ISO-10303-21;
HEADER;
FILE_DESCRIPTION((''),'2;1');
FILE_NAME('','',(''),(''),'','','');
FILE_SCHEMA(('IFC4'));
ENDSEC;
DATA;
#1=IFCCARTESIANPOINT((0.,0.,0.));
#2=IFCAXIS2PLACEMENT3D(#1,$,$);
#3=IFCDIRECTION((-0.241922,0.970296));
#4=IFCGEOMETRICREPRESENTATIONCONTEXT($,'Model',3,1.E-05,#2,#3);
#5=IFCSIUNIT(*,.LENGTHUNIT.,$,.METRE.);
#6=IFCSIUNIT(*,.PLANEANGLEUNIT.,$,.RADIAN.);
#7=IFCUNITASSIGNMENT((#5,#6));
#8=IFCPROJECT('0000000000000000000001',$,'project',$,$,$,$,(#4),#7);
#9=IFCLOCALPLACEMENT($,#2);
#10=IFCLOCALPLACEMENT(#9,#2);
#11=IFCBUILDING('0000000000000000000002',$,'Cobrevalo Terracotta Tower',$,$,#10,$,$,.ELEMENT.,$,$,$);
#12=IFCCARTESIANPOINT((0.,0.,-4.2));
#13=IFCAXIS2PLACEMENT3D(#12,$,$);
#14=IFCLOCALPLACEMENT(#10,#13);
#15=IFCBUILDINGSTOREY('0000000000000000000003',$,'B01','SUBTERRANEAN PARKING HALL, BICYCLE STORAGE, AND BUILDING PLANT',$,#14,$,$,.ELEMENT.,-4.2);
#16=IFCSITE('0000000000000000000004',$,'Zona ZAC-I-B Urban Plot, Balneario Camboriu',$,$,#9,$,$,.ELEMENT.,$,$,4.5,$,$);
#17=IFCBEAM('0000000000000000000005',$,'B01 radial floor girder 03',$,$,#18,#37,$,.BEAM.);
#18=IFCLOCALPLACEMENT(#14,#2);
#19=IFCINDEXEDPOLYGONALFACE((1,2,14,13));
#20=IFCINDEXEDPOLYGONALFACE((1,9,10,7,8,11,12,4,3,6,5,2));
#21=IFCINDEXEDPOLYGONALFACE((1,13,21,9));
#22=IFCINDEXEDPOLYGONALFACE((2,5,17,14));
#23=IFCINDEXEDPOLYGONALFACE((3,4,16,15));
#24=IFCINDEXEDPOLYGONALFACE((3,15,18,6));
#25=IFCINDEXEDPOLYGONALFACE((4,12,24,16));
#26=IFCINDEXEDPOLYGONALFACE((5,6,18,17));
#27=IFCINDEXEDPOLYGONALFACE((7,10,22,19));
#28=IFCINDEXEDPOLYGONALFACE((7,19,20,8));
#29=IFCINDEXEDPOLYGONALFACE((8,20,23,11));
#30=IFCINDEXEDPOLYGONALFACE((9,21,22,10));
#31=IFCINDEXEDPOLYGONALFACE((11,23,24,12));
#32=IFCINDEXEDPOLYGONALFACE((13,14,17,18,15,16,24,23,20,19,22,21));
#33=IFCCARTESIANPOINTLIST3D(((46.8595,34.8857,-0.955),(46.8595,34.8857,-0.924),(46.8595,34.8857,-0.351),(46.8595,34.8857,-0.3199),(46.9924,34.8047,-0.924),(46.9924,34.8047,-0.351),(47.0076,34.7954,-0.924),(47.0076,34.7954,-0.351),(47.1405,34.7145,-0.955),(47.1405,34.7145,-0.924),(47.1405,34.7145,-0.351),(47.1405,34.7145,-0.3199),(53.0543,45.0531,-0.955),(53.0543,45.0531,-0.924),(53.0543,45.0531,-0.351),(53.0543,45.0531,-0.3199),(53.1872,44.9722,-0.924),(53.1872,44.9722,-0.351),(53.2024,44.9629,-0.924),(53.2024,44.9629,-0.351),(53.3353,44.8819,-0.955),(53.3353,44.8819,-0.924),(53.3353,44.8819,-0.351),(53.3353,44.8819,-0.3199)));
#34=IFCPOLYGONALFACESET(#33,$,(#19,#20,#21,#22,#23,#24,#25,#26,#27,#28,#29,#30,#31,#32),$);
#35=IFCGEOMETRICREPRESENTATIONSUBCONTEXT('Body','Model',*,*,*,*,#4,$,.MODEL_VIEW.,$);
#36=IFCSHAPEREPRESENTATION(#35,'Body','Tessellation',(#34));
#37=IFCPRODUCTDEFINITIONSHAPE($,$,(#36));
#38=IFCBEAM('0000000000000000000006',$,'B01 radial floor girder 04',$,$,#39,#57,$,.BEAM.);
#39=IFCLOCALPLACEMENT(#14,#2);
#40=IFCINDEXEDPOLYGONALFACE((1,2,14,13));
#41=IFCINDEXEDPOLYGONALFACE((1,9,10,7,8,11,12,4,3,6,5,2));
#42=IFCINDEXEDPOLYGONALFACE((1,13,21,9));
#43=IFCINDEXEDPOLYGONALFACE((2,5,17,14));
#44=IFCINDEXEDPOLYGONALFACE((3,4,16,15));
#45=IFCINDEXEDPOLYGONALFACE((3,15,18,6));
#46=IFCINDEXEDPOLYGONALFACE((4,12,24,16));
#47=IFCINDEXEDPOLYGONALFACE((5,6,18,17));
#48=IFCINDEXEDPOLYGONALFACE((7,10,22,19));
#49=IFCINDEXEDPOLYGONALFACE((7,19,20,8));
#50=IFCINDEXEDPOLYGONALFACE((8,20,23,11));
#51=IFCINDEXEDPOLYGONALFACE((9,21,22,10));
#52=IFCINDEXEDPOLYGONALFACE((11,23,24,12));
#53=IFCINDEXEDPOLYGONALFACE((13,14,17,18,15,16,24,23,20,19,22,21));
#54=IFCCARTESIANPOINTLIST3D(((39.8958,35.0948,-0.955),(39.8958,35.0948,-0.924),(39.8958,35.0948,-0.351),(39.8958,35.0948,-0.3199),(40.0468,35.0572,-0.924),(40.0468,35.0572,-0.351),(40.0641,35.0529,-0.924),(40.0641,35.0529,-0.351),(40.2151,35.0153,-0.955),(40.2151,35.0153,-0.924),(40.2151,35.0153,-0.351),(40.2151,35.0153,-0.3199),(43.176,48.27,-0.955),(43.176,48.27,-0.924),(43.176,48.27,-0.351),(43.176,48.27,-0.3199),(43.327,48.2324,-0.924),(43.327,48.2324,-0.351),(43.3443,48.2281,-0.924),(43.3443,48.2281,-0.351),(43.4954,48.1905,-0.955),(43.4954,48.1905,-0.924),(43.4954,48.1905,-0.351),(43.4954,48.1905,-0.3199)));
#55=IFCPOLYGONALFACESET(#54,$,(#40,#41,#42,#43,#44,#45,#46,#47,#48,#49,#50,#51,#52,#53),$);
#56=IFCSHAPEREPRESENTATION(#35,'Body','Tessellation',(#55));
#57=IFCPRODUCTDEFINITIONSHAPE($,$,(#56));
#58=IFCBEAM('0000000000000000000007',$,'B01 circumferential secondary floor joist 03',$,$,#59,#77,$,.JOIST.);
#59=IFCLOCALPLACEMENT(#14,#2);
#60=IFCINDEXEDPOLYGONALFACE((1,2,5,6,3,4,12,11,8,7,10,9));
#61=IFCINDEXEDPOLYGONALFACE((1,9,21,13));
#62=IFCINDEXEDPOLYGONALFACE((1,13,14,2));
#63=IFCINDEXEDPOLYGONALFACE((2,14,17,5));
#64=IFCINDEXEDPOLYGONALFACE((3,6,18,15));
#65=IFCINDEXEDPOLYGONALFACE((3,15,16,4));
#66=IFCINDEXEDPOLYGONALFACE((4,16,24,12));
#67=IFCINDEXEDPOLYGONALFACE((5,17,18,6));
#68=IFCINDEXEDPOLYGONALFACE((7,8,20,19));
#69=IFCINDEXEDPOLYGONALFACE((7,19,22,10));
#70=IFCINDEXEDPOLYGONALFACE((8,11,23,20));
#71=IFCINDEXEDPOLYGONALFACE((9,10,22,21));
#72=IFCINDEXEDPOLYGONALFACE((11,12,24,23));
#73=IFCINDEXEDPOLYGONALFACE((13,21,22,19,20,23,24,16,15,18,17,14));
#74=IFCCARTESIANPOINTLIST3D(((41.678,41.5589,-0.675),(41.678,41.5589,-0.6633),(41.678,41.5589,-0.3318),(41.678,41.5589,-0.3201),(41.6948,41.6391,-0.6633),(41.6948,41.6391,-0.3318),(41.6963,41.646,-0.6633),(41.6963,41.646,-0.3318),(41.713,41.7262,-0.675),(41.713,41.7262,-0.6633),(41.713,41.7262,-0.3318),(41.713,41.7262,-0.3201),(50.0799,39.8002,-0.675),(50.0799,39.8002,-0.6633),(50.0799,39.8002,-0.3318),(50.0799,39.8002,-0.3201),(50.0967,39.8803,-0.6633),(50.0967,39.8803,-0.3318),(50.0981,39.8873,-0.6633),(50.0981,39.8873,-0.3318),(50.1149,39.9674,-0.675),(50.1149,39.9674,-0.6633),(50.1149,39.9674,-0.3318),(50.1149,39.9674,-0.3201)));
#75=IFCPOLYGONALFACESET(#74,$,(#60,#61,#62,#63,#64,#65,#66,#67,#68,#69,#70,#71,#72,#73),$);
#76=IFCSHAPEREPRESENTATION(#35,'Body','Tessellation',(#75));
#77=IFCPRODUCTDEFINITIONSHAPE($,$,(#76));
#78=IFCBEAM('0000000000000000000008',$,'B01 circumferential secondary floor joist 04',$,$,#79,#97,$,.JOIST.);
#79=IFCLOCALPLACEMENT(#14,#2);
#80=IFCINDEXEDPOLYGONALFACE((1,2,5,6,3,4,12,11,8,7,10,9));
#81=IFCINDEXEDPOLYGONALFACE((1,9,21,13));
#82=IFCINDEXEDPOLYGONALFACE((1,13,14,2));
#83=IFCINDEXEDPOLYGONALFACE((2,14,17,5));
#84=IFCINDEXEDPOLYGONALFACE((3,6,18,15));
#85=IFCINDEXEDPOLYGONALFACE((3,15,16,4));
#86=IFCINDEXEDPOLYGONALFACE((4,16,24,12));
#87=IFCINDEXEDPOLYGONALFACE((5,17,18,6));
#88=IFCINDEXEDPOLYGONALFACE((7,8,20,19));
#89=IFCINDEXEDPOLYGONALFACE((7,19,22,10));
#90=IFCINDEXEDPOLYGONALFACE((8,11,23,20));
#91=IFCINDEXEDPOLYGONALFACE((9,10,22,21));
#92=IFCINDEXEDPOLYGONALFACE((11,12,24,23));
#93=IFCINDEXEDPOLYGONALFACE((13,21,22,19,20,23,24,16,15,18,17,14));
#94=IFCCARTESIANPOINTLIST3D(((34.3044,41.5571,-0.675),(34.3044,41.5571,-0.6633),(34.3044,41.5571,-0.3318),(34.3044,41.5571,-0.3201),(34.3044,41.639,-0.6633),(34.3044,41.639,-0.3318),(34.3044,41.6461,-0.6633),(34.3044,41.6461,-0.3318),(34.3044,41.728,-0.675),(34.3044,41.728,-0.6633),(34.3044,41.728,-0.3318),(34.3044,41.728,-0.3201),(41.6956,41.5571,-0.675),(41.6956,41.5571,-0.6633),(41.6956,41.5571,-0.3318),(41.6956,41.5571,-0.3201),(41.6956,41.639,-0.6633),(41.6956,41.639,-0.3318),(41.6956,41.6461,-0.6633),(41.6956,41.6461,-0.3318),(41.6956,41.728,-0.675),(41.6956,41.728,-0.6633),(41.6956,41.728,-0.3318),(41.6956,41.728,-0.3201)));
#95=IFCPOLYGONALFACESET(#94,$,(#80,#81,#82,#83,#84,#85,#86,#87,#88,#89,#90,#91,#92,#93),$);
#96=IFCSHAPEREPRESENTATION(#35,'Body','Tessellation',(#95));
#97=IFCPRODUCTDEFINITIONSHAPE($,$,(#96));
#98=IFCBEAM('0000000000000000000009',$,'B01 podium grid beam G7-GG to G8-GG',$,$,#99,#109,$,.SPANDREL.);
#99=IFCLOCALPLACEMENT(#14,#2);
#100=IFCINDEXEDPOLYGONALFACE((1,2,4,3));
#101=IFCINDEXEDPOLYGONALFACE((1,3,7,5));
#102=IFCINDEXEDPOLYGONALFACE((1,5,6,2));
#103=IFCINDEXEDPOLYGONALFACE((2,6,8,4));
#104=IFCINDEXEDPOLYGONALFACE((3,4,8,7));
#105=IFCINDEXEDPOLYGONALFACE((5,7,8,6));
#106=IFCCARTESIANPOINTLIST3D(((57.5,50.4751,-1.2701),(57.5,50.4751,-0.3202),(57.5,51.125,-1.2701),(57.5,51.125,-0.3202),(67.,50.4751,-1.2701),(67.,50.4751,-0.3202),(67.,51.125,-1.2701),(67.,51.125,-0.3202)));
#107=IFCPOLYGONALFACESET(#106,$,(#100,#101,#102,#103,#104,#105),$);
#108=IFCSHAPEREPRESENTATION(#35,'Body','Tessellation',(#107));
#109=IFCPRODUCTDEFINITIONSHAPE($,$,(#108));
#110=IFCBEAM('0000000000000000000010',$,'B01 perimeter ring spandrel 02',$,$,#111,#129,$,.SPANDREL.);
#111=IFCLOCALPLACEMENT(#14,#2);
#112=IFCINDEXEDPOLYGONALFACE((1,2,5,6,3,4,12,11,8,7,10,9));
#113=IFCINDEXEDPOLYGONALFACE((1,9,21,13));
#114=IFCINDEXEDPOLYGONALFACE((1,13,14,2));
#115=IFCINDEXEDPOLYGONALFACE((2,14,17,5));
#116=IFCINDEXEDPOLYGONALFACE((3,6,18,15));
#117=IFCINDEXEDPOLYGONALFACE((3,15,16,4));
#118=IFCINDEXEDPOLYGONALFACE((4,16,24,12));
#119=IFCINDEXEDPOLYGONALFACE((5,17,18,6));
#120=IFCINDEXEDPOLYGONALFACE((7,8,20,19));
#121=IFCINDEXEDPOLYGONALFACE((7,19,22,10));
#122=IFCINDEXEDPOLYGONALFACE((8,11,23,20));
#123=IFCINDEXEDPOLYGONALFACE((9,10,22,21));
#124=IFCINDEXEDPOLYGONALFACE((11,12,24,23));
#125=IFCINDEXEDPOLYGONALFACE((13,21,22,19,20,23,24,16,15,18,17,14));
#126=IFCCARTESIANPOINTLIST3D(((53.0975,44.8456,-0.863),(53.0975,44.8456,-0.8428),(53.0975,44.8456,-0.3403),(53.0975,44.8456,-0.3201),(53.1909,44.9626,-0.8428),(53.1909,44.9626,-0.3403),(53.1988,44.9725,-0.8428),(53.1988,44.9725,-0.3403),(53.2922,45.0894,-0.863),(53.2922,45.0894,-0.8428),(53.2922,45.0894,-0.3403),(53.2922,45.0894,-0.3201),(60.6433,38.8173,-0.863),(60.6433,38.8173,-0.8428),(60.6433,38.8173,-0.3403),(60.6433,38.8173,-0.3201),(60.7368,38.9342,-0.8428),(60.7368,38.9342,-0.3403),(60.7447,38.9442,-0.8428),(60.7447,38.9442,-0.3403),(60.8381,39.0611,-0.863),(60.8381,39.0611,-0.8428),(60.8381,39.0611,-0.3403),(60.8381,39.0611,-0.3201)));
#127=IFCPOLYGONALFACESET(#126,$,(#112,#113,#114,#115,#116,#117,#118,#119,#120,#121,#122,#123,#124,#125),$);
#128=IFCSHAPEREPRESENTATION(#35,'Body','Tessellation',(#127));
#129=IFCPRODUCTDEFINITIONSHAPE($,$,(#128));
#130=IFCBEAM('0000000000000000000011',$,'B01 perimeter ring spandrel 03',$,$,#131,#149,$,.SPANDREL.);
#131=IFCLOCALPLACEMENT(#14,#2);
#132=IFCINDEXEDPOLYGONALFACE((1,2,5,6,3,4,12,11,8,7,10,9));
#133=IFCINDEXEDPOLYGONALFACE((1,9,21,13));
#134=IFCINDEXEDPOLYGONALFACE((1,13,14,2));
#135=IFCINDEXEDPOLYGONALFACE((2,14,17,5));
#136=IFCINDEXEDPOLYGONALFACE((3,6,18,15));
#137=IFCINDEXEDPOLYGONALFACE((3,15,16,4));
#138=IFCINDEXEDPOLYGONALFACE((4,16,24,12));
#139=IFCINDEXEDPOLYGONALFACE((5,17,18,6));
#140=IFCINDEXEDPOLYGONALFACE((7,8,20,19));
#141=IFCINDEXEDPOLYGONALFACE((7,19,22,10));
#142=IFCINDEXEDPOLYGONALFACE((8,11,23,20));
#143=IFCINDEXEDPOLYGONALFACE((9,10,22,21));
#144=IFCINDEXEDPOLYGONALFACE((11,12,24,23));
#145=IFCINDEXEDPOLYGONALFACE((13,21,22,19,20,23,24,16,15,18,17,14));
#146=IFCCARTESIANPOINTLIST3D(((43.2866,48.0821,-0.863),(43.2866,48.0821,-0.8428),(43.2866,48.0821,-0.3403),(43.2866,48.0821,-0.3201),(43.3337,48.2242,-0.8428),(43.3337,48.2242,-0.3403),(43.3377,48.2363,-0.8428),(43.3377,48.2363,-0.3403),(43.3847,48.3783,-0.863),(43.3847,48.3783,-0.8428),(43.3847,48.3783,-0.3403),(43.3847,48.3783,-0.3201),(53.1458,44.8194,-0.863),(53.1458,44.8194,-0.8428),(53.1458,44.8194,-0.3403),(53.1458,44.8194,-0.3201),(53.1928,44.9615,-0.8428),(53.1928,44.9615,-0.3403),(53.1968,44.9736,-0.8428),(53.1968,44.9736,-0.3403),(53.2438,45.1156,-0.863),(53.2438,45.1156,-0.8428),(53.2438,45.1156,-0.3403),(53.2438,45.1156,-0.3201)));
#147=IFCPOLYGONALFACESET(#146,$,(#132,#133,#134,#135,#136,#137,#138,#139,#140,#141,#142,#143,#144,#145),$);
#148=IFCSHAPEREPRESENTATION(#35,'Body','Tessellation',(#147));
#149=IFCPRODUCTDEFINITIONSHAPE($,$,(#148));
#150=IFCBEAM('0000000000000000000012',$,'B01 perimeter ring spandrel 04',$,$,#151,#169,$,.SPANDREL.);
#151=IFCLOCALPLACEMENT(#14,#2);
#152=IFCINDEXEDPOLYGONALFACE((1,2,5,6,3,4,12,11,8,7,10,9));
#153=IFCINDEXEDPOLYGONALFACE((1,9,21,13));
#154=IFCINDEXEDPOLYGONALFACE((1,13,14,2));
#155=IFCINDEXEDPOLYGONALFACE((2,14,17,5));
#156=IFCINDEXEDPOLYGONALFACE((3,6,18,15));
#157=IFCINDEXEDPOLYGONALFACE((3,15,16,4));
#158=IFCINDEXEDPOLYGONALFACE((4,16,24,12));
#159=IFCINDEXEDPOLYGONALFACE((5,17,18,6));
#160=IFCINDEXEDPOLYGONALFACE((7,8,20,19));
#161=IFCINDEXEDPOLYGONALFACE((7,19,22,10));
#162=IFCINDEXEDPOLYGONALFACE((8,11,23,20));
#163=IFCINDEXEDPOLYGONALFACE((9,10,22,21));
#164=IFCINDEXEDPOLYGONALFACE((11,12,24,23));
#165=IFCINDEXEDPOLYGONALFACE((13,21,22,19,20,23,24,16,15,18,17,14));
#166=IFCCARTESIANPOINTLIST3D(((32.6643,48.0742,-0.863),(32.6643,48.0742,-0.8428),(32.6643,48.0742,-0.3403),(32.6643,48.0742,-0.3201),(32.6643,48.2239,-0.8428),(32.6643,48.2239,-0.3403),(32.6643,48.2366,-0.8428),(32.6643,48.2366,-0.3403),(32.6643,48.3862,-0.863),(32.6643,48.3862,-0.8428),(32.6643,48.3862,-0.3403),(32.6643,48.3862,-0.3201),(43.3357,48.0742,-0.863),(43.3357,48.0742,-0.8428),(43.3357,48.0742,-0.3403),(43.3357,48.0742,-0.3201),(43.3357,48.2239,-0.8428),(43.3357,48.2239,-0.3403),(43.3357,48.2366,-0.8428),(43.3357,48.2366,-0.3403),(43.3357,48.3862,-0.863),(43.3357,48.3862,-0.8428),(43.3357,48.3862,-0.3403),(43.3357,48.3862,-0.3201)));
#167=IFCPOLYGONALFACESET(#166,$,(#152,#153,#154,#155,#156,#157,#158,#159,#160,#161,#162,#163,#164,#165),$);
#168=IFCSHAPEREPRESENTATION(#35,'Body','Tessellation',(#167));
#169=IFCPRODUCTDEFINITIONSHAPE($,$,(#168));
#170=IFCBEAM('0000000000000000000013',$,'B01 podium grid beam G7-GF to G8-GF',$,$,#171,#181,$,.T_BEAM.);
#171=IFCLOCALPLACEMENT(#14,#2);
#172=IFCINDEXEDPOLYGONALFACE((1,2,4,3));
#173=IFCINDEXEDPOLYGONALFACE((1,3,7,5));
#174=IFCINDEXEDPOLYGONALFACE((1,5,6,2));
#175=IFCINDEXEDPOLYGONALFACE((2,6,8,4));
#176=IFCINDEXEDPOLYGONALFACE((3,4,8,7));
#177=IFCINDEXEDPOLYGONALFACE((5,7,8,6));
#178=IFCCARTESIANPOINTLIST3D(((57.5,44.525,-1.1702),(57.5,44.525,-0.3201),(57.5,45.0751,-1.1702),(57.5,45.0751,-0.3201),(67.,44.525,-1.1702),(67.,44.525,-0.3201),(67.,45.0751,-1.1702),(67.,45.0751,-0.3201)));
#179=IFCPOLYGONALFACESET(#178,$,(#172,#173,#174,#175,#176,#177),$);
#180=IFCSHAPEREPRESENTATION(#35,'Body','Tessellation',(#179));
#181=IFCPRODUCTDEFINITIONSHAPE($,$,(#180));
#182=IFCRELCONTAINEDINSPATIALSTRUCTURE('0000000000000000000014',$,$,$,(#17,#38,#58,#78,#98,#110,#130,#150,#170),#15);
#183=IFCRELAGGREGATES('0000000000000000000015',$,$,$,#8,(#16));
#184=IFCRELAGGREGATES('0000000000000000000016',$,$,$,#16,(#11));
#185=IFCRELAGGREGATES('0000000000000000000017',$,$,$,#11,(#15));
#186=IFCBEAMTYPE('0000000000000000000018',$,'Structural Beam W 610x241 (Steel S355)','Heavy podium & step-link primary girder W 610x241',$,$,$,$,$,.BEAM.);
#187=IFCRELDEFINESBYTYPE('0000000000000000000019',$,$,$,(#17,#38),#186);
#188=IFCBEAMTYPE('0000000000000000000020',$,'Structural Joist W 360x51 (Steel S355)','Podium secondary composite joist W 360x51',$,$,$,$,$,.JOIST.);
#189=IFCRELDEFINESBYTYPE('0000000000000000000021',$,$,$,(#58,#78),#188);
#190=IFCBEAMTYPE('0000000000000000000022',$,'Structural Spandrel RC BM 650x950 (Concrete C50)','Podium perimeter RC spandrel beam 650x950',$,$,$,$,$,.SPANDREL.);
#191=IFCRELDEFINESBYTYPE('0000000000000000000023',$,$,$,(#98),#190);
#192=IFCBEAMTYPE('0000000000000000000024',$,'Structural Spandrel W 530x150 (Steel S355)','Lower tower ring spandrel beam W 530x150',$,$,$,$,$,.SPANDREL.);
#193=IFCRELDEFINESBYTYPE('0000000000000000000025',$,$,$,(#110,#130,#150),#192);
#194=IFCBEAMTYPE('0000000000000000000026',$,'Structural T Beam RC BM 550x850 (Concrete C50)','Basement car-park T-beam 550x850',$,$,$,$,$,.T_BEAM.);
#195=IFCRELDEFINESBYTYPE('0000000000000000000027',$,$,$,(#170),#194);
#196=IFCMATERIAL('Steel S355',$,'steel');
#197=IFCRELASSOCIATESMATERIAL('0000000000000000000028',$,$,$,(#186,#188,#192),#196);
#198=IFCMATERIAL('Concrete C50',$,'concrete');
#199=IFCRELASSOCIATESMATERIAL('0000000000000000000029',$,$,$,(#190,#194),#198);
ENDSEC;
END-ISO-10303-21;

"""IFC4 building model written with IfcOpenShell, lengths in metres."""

from ifc_helpers import new_model, si_unit, direction, frame, origin, origin_2d, place, context, subcontext, project, spatial, rectangle, i_section, extrude, material, material_profile, profile_set, type_object, element, save


model = new_model("IFC4")

# Units and contexts
model_context = context("Model", 3, precision=1e-05, world=origin(), true_north=direction((-0.241922, 0.970296)))
body_context = subcontext(model_context, "Body", "Model", "MODEL_VIEW")
ifc_project = project(units=[si_unit("LENGTHUNIT", "METRE"), si_unit("PLANEANGLEUNIT", "RADIAN")], contexts=[model_context])

# Site, building, storey
site_placement = place(None, origin())
site = spatial("IfcSite", under=ifc_project, at=site_placement, Name="Zona ZAC-I-B Urban Plot, Balneario Camboriu", CompositionType="ELEMENT", RefElevation=4.5)
building_placement = place(site_placement, origin())
building = spatial("IfcBuilding", under=site, at=building_placement, Name="Cobrevalo Terracotta Tower", CompositionType="ELEMENT")
storey_placement = place(building_placement, frame((0.0, 0.0, -4.2)))
storey = spatial("IfcBuildingStorey", under=building, at=storey_placement, Name="B01", Description="SUBTERRANEAN PARKING HALL, BICYCLE STORAGE, AND BUILDING PLANT", CompositionType="ELEMENT", Elevation=-4.2)

# Shared definitions
ifc_material_1 = material(Name="Steel S355", Category="steel")
ifc_material_2 = material(Name="Concrete C50", Category="concrete")

# Beams
ifc_material_profile_1 = material_profile(ifc_material_1, i_section(OverallWidth=0.3291, OverallDepth=0.635, WebThickness=0.0178, FlangeThickness=0.031, at=origin_2d()), Name="W 610x241")
ifc_profile_set_1 = profile_set([ifc_material_profile_1], Name="Steel S355")
beam_type_1 = type_object("IfcBeamType", Name="Structural Beam W 610x241 (Steel S355)", Description="Heavy podium & step-link primary girder W 610x241", PredefinedType="BEAM", material=ifc_profile_set_1)
beam_1_placement = place(storey_placement, frame((53.1948, 44.9675, -0.6375), z_axis=(-0.52031, -0.853978, 0.0), x_axis=(0.853978, -0.52031, 0.0)))
element("IfcBeam", 1, at=beam_1_placement, inside=storey, type_object=beam_type_1, Name="B01 radial floor girder 03", PredefinedType="BEAM", context=body_context, shape_type="SweptSolid", body=[
    extrude(i_section(OverallWidth=0.3291, OverallDepth=0.635, WebThickness=0.0178, FlangeThickness=0.031, at=origin_2d()), origin(), (0.0, 0.0, 1.0), 11.906),
])
beam_2_placement = place(storey_placement, frame((43.3357, 48.2302, -0.6375), z_axis=(-0.241596, -0.970377, 0.0), x_axis=(0.970377, -0.241596, 0.0)))
element("IfcBeam", 2, at=beam_2_placement, inside=storey, type_object=beam_type_1, Name="B01 radial floor girder 04", PredefinedType="BEAM", context=body_context, shape_type="SweptSolid", body=[
    extrude(i_section(OverallWidth=0.3291, OverallDepth=0.635, WebThickness=0.0178, FlangeThickness=0.031, at=origin_2d()), origin(), (0.0, 0.0, 1.0), 13.5774),
])
ifc_material_profile_2 = material_profile(ifc_material_1, i_section(OverallWidth=0.1709, OverallDepth=0.355, WebThickness=0.0071, FlangeThickness=0.0117, at=origin_2d()), Name="W 360x51")
ifc_profile_set_2 = profile_set([ifc_material_profile_2], Name="Steel S355")
beam_type_2 = type_object("IfcBeamType", Name="Structural Joist W 360x51 (Steel S355)", Description="Podium secondary composite joist W 360x51", PredefinedType="JOIST", material=ifc_profile_set_2)
beam_3_placement = place(storey_placement, frame((50.0974, 39.8838, -0.4976), z_axis=(-0.978785, 0.204892, 0.0), x_axis=(-0.204892, -0.978785, 0.0)))
element("IfcBeam", 3, at=beam_3_placement, inside=storey, type_object=beam_type_2, Name="B01 circumferential secondary floor joist 03", PredefinedType="JOIST", context=body_context, shape_type="SweptSolid", body=[
    extrude(i_section(OverallWidth=0.1709, OverallDepth=0.355, WebThickness=0.0071, FlangeThickness=0.0117, at=origin_2d()), origin(), (0.0, 0.0, 1.0), 8.584),
])
beam_4_placement = place(storey_placement, frame((41.6956, 41.6426, -0.4976), z_axis=(-1.0, 0.0, 0.0), x_axis=(0.0, -1.0, 0.0)))
element("IfcBeam", 4, at=beam_4_placement, inside=storey, type_object=beam_type_2, Name="B01 circumferential secondary floor joist 04", PredefinedType="JOIST", context=body_context, shape_type="SweptSolid", body=[
    extrude(i_section(OverallWidth=0.1709, OverallDepth=0.355, WebThickness=0.0071, FlangeThickness=0.0117, at=origin_2d()), origin(), (0.0, 0.0, 1.0), 7.3911),
])
ifc_material_profile_3 = material_profile(ifc_material_2, rectangle(XDim=0.6499, YDim=0.95, at=origin_2d()), Name="RC BM 650x950")
ifc_profile_set_3 = profile_set([ifc_material_profile_3], Name="Concrete C50")
beam_type_3 = type_object("IfcBeamType", Name="Structural Spandrel RC BM 650x950 (Concrete C50)", Description="Podium perimeter RC spandrel beam 650x950", PredefinedType="SPANDREL", material=ifc_profile_set_3)
beam_5_placement = place(storey_placement, frame((57.5, 50.8, -0.7952), z_axis=(1.0, 0.0, 0.0), x_axis=(0.0, 1.0, 0.0)))
element("IfcBeam", 5, at=beam_5_placement, inside=storey, type_object=beam_type_3, Name="B01 podium grid beam G7-GG to G8-GG", PredefinedType="SPANDREL", context=body_context, shape_type="SweptSolid", body=[
    extrude(rectangle(XDim=0.6499, YDim=0.95, at=origin_2d()), origin(), (0.0, 0.0, 1.0), 9.5),
])
ifc_material_profile_4 = material_profile(ifc_material_1, i_section(OverallWidth=0.312, OverallDepth=0.543, WebThickness=0.0127, FlangeThickness=0.0203, at=origin_2d()), Name="W 530x150")
ifc_profile_set_4 = profile_set([ifc_material_profile_4], Name="Steel S355")
beam_type_4 = type_object("IfcBeamType", Name="Structural Spandrel W 530x150 (Steel S355)", Description="Lower tower ring spandrel beam W 530x150", PredefinedType="SPANDREL", material=ifc_profile_set_4)
beam_6_placement = place(storey_placement, frame((60.7407, 38.9392, -0.5916), z_axis=(-0.781293, 0.624165, 0.0), x_axis=(-0.624165, -0.781293, 0.0)))
element("IfcBeam", 6, at=beam_6_placement, inside=storey, type_object=beam_type_4, Name="B01 perimeter ring spandrel 02", PredefinedType="SPANDREL", context=body_context, shape_type="SweptSolid", body=[
    extrude(i_section(OverallWidth=0.312, OverallDepth=0.543, WebThickness=0.0127, FlangeThickness=0.0203, at=origin_2d()), origin(), (0.0, 0.0, 1.0), 9.6582),
])
beam_7_placement = place(storey_placement, frame((53.1948, 44.9675, -0.5916), z_axis=(-0.949365, 0.314175, 0.0), x_axis=(-0.314175, -0.949365, 0.0)))
element("IfcBeam", 7, at=beam_7_placement, inside=storey, type_object=beam_type_4, Name="B01 perimeter ring spandrel 03", PredefinedType="SPANDREL", context=body_context, shape_type="SweptSolid", body=[
    extrude(i_section(OverallWidth=0.312, OverallDepth=0.543, WebThickness=0.0127, FlangeThickness=0.0203, at=origin_2d()), origin(), (0.0, 0.0, 1.0), 10.385),
])
beam_8_placement = place(storey_placement, frame((43.3357, 48.2302, -0.5916), z_axis=(-1.0, 0.0, 0.0), x_axis=(0.0, -1.0, 0.0)))
element("IfcBeam", 8, at=beam_8_placement, inside=storey, type_object=beam_type_4, Name="B01 perimeter ring spandrel 04", PredefinedType="SPANDREL", context=body_context, shape_type="SweptSolid", body=[
    extrude(i_section(OverallWidth=0.312, OverallDepth=0.543, WebThickness=0.0127, FlangeThickness=0.0203, at=origin_2d()), origin(), (0.0, 0.0, 1.0), 10.6714),
])
ifc_material_profile_5 = material_profile(ifc_material_2, rectangle(XDim=0.55, YDim=0.8501, at=origin_2d()), Name="RC BM 550x850")
ifc_profile_set_5 = profile_set([ifc_material_profile_5], Name="Concrete C50")
beam_type_5 = type_object("IfcBeamType", Name="Structural T Beam RC BM 550x850 (Concrete C50)", Description="Basement car-park T-beam 550x850", PredefinedType="T_BEAM", material=ifc_profile_set_5)
beam_9_placement = place(storey_placement, frame((57.5, 44.8, -0.7451), z_axis=(1.0, 0.0, 0.0), x_axis=(0.0, 1.0, 0.0)))
element("IfcBeam", 9, at=beam_9_placement, inside=storey, type_object=beam_type_5, Name="B01 podium grid beam G7-GF to G8-GF", PredefinedType="T_BEAM", context=body_context, shape_type="SweptSolid", body=[
    extrude(rectangle(XDim=0.55, YDim=0.8501, at=origin_2d()), origin(), (0.0, 0.0, 1.0), 9.5),
])

save(model, "model.ifc")
